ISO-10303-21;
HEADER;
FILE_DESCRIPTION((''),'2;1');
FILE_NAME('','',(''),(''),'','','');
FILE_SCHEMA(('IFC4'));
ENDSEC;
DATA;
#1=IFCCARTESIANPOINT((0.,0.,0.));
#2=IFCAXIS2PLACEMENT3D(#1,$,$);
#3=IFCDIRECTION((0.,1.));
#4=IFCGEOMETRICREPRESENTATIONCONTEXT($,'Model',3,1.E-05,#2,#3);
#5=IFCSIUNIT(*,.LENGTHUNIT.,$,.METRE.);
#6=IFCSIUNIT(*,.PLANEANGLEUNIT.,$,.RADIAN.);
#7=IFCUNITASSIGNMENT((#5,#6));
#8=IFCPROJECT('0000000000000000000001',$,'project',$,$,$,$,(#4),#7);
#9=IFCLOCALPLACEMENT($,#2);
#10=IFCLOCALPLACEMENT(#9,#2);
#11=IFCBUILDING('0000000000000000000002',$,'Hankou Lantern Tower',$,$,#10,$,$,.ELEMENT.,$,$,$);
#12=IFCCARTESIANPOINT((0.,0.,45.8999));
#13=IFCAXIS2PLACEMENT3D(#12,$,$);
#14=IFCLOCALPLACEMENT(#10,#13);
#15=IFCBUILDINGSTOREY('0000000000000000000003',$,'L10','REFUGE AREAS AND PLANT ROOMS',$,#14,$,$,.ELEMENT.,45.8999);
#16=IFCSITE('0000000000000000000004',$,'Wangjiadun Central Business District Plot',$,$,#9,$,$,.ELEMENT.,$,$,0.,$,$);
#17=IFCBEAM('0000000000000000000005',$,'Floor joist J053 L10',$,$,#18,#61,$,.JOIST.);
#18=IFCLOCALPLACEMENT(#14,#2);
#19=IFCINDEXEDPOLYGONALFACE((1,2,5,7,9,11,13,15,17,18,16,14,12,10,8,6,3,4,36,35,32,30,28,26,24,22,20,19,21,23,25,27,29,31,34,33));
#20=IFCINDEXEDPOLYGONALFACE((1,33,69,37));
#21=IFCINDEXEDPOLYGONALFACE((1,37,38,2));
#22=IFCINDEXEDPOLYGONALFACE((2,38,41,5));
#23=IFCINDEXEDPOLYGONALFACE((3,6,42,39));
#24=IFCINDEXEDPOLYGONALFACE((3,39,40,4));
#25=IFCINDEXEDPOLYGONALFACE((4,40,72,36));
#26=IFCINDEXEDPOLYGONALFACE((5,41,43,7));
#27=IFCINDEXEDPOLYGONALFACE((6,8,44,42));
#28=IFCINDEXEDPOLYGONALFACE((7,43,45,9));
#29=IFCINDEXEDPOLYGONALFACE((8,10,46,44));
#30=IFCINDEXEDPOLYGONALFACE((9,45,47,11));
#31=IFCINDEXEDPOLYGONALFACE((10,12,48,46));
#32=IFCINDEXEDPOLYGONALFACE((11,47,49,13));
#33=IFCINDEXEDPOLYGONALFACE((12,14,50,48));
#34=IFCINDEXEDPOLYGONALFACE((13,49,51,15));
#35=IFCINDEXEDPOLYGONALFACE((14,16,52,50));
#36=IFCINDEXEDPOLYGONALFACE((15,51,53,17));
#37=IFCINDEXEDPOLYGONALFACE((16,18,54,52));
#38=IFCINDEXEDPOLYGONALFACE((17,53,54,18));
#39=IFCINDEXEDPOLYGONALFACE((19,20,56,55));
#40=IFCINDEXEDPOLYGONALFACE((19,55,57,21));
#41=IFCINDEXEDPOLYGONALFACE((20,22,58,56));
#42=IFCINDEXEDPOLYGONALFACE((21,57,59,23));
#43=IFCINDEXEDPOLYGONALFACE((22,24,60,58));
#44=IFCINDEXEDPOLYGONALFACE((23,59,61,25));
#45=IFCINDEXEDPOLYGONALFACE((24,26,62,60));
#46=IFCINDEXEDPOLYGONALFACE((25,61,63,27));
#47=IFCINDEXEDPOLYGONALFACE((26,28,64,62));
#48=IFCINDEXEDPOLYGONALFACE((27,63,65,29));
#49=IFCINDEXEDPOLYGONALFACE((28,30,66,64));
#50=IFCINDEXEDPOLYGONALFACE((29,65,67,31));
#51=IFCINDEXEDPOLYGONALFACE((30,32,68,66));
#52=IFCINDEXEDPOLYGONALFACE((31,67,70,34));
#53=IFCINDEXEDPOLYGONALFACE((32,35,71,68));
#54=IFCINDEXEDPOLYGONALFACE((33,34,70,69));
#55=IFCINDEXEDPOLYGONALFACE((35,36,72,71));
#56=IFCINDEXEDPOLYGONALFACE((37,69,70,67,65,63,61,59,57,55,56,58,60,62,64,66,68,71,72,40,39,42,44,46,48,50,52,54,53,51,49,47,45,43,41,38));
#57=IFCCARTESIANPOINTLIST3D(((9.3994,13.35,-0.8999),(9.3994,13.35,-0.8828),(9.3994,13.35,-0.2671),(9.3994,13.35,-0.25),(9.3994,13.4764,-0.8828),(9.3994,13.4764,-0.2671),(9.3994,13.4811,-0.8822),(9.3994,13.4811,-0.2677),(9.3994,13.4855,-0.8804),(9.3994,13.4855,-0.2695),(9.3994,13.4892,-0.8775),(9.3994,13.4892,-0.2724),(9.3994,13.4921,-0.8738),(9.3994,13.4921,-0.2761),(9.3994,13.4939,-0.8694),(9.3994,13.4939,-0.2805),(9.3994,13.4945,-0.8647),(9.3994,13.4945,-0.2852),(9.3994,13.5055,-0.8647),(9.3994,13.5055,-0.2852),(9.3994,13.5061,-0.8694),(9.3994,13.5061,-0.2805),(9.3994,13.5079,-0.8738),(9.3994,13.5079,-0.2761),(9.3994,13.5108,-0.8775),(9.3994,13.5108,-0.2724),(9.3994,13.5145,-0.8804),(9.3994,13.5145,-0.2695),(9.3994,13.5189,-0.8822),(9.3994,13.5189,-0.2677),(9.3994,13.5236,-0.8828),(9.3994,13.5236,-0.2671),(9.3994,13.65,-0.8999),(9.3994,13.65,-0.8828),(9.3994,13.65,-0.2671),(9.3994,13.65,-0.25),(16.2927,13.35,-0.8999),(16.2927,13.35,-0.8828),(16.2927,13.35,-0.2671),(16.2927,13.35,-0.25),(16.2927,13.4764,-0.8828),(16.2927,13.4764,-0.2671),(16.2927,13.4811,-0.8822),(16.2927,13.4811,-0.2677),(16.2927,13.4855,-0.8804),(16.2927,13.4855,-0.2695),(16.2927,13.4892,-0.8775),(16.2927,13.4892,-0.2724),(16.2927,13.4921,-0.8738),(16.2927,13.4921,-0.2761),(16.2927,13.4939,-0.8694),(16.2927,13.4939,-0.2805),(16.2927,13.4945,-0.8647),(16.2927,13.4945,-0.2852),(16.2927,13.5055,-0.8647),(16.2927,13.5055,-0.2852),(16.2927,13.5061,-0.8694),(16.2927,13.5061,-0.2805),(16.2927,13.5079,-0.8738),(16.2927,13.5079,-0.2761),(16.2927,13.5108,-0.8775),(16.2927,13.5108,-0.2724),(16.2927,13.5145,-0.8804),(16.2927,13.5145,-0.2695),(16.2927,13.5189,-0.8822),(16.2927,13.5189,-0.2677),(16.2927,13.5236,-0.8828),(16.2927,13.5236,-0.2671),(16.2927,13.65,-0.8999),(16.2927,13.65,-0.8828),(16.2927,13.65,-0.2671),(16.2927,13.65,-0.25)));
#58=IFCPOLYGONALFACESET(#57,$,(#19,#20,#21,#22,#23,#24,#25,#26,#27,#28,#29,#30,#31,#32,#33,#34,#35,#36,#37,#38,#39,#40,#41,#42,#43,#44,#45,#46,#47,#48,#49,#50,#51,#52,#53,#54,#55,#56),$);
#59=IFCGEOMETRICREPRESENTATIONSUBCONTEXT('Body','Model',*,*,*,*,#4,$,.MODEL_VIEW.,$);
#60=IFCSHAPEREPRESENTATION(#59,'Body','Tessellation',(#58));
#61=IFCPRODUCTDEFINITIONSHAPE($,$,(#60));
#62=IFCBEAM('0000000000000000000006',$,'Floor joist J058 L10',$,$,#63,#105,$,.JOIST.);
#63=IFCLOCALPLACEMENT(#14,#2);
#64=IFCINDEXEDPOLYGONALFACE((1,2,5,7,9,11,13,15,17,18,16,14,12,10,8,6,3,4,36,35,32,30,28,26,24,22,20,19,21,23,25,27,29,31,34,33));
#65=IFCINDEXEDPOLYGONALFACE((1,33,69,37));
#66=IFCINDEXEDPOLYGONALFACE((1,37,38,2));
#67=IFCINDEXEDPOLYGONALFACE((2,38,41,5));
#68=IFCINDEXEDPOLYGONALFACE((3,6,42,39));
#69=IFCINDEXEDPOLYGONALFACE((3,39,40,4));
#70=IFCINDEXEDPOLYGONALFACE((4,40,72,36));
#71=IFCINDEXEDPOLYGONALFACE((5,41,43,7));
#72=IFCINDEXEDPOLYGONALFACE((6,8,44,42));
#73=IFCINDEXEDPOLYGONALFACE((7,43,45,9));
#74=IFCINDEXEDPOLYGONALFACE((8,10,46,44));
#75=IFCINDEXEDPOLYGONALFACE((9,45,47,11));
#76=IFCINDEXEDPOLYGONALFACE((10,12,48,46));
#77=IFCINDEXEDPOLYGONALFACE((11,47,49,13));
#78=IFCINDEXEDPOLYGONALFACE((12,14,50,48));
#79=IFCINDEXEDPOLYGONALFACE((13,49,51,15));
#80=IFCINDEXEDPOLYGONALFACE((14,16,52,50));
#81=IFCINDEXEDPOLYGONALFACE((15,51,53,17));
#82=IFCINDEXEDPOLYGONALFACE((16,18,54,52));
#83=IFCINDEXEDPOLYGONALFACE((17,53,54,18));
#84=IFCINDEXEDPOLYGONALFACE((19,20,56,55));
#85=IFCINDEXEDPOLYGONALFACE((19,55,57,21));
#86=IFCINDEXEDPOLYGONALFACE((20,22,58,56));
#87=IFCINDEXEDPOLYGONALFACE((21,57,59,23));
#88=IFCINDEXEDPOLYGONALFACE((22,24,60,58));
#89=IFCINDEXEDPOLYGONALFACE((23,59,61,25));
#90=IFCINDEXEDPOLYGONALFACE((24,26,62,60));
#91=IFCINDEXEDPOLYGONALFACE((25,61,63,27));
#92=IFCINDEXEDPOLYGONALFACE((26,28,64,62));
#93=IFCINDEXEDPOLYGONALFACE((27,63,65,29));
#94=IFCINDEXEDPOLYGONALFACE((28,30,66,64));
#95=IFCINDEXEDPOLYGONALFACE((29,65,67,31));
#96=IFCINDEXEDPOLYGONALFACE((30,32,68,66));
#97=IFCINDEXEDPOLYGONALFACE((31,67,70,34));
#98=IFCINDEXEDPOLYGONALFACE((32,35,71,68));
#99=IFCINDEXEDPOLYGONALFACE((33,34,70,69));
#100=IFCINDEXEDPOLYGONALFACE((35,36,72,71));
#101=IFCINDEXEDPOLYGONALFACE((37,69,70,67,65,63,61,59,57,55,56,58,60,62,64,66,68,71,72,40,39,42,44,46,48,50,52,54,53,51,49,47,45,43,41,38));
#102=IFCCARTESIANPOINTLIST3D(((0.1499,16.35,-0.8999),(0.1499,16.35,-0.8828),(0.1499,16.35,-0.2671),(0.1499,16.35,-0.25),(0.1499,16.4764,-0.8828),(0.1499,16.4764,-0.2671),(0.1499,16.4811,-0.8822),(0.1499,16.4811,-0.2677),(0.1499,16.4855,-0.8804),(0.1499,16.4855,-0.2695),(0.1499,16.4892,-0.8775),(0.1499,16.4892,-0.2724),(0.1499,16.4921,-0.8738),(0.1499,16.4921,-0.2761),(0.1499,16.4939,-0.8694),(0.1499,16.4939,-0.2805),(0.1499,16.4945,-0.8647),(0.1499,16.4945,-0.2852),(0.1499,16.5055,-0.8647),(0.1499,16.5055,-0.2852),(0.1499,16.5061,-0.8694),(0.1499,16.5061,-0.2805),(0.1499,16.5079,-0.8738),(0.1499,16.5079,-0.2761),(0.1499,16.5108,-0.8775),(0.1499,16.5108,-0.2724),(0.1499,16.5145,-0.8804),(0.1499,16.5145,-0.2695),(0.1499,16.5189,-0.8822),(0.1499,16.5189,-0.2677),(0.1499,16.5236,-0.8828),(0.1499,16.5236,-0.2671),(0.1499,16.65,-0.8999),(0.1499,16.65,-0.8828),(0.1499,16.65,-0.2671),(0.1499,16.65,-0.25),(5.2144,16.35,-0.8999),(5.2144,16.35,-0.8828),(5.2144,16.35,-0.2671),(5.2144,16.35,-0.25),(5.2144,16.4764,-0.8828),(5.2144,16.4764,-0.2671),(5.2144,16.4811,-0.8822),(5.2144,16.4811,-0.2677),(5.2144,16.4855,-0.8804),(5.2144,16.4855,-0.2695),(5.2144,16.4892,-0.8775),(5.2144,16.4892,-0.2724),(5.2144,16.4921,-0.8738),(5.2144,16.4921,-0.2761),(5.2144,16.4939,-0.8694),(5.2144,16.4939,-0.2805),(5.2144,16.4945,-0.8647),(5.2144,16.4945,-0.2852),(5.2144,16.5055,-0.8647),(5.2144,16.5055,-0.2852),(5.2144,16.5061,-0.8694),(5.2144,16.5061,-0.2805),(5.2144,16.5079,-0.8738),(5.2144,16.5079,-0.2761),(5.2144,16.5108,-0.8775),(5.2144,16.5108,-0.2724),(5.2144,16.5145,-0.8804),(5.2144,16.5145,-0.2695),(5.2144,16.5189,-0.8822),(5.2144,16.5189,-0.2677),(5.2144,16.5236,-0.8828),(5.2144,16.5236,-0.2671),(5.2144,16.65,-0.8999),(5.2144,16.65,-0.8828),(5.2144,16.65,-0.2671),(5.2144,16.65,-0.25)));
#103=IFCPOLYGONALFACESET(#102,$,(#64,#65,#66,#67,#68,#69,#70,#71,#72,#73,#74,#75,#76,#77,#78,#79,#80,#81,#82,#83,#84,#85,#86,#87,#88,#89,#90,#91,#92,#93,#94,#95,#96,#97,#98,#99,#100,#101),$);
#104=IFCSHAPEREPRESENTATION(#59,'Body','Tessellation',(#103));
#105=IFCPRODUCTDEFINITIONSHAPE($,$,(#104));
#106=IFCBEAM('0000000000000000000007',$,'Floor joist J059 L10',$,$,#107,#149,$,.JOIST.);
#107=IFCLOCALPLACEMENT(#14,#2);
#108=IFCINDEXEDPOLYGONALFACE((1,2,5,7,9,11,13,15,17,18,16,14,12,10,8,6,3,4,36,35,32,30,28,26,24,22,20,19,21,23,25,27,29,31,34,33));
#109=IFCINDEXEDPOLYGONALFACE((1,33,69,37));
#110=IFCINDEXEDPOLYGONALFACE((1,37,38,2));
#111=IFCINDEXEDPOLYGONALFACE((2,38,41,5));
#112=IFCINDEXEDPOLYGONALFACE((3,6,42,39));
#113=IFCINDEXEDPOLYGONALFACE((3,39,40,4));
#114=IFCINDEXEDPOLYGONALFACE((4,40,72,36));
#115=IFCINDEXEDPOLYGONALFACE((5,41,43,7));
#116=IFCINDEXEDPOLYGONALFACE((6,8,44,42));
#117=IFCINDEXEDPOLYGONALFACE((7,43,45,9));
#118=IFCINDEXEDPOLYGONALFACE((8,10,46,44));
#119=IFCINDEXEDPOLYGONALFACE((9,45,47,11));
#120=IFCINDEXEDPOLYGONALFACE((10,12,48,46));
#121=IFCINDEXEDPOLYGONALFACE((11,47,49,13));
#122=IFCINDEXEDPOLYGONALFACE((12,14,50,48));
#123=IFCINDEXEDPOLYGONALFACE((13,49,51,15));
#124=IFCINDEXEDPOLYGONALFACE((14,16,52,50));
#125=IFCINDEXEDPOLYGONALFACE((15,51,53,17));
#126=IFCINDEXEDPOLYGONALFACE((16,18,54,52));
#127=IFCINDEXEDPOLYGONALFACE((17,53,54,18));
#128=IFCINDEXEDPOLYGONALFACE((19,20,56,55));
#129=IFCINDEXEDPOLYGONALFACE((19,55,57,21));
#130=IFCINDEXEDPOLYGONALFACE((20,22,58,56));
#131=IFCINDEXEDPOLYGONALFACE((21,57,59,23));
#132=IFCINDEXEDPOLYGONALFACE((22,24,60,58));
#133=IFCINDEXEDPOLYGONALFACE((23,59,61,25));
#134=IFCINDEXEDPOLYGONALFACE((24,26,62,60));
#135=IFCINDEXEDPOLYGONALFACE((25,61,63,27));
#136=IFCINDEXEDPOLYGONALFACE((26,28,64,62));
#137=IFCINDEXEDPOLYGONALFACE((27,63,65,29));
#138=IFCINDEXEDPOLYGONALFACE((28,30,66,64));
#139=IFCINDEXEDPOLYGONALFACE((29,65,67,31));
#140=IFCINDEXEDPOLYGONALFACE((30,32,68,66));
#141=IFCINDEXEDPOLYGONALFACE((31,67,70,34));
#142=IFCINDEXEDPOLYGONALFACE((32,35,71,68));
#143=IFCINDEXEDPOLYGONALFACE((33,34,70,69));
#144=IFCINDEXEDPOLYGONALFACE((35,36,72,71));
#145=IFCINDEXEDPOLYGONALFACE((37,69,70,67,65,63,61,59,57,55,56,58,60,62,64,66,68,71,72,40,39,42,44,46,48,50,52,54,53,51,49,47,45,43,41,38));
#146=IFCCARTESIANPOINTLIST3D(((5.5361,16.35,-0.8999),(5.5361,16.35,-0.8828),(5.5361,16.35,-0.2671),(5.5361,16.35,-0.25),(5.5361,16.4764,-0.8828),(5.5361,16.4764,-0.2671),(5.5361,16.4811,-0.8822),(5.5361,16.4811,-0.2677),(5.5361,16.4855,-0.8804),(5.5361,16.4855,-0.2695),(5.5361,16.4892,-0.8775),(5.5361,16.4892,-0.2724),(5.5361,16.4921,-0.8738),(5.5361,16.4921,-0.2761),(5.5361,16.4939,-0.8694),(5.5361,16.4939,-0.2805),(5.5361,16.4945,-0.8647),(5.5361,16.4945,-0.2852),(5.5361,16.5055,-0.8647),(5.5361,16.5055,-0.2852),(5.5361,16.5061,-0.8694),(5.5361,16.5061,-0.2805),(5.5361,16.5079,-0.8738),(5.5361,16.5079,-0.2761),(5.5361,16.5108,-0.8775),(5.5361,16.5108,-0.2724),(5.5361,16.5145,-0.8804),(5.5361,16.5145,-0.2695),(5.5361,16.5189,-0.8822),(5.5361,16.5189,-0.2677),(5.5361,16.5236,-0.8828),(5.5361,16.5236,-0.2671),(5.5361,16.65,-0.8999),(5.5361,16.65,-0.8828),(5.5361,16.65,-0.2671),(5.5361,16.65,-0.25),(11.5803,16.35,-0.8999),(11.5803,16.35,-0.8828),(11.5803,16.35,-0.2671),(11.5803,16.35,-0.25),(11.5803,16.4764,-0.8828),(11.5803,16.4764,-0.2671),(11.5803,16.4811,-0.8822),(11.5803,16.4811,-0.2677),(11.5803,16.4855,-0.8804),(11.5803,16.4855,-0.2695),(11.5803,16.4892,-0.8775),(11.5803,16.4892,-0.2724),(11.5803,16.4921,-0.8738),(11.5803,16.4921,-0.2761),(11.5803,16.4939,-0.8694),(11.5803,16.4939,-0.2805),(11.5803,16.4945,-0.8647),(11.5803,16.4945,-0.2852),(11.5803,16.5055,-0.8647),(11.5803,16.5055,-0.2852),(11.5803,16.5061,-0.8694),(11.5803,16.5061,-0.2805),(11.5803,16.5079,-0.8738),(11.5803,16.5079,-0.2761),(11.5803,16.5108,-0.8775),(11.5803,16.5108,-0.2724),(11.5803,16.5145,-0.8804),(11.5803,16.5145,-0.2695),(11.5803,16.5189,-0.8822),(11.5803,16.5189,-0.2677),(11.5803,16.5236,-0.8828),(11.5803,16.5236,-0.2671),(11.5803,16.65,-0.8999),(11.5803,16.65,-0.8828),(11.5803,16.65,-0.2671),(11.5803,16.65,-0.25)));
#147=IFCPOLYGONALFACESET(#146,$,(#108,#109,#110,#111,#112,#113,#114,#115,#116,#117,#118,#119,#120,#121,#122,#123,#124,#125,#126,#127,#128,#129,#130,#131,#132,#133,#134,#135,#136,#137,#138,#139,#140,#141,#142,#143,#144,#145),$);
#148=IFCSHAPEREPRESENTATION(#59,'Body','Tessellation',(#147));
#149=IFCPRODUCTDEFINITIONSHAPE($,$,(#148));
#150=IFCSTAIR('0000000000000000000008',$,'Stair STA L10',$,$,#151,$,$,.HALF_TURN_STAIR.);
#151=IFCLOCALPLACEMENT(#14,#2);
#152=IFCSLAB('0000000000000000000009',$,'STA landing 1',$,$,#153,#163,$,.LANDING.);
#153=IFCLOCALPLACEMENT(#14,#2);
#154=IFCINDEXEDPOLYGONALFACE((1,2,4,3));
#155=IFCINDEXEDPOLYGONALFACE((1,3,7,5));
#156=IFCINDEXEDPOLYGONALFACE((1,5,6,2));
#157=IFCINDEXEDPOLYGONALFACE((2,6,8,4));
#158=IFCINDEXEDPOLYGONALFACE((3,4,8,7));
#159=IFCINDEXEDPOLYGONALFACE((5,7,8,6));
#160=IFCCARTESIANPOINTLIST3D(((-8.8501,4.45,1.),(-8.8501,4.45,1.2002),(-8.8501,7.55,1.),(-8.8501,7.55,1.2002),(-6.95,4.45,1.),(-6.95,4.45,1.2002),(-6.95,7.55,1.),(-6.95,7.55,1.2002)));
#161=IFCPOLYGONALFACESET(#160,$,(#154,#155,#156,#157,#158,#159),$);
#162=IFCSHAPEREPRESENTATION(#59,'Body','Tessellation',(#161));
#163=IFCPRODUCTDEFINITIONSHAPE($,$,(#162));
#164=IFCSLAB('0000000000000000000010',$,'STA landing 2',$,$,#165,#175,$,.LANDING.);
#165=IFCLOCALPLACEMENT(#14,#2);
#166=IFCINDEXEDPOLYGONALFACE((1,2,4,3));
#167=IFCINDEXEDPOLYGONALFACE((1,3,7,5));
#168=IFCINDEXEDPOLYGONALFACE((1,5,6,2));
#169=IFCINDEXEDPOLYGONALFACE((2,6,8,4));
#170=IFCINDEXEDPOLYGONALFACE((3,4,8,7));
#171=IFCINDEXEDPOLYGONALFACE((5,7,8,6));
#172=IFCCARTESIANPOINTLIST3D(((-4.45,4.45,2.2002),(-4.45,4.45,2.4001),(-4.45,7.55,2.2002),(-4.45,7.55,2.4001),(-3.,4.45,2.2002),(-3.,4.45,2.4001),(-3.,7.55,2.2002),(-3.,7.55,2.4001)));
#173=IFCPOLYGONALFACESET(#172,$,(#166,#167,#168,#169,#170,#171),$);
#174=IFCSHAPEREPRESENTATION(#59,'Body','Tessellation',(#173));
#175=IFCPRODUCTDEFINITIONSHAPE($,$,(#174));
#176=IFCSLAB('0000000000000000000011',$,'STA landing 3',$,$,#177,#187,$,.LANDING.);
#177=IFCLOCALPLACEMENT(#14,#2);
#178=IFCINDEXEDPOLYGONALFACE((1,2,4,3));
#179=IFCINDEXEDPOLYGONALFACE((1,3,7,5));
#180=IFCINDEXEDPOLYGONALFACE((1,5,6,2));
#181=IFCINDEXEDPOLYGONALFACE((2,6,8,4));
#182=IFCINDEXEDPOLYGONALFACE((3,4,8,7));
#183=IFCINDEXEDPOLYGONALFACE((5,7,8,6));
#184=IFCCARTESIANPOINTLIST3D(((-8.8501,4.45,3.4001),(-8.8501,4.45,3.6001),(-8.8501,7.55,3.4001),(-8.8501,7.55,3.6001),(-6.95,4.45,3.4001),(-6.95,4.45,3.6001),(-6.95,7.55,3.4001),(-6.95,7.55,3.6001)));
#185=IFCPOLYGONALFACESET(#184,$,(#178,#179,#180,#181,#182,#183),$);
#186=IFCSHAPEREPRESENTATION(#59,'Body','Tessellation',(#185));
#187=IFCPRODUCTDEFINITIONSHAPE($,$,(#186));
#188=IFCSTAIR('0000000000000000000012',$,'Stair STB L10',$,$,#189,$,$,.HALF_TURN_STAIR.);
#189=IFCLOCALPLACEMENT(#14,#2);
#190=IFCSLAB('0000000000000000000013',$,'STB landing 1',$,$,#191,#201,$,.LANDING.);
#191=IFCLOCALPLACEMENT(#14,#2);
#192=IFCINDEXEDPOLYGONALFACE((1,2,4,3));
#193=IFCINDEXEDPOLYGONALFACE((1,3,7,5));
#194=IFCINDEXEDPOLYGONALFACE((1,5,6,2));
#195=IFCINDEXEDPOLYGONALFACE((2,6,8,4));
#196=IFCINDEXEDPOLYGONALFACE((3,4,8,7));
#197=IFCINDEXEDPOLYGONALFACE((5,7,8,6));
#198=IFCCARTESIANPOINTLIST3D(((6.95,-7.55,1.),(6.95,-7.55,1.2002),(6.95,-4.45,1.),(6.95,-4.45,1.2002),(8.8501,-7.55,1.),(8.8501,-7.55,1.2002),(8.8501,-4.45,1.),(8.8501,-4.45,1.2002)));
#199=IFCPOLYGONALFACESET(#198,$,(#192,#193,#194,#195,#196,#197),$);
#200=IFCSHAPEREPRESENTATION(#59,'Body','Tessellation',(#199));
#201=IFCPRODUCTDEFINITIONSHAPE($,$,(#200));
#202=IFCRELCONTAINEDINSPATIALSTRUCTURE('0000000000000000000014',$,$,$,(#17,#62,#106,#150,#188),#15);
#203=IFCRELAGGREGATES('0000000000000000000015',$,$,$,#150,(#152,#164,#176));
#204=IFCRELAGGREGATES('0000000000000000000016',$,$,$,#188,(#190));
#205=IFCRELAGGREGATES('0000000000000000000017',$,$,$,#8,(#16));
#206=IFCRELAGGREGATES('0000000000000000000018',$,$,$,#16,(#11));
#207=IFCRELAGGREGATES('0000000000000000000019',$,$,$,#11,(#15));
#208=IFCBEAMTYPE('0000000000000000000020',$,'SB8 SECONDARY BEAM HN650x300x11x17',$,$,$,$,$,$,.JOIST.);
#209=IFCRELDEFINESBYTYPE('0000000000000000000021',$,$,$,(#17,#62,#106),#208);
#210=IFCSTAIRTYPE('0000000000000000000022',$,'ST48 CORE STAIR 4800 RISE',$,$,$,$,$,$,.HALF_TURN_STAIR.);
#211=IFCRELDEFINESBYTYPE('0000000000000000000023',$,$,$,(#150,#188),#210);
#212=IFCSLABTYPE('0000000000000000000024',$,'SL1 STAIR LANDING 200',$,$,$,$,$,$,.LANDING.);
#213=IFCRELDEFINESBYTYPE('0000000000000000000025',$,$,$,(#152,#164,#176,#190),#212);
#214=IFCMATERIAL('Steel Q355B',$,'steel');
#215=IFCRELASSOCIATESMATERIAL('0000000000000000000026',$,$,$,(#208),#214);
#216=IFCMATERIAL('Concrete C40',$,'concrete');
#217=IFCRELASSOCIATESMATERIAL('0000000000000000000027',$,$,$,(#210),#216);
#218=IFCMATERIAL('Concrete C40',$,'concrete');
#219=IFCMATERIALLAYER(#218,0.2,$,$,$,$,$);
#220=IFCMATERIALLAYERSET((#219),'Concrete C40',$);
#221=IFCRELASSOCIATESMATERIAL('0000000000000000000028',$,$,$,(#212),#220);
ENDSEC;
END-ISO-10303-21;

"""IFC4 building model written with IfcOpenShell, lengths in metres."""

from ifc_helpers import new_model, si_unit, direction, frame, origin, origin_2d, place, context, subcontext, project, spatial, polyline, i_section, outline, extrude, material, layer, layer_set, material_profile, profile_set, type_object, element, aggregate, save


model = new_model("IFC4")

# Units and contexts
model_context = context("Model", 3, precision=1e-05, world=origin(), true_north=direction((0.0, 1.0)))
body_context = subcontext(model_context, "Body", "Model", "MODEL_VIEW")
ifc_project = project(units=[si_unit("LENGTHUNIT", "METRE"), si_unit("PLANEANGLEUNIT", "RADIAN")], contexts=[model_context])

# Site, building, storey
site_placement = place(None, origin())
site = spatial("IfcSite", under=ifc_project, at=site_placement, Name="Wangjiadun Central Business District Plot", CompositionType="ELEMENT", RefElevation=0.0)
building_placement = place(site_placement, origin())
building = spatial("IfcBuilding", under=site, at=building_placement, Name="Hankou Lantern Tower", CompositionType="ELEMENT")
storey_placement = place(building_placement, frame((0.0, 0.0, 45.8999)))
storey = spatial("IfcBuildingStorey", under=building, at=storey_placement, Name="L10", Description="REFUGE AREAS AND PLANT ROOMS", CompositionType="ELEMENT", Elevation=45.8999)

# Beams
ifc_material_1 = material(Name="Steel Q355B", Category="steel")
ifc_material_profile_1 = material_profile(ifc_material_1, i_section(OverallWidth=0.3, OverallDepth=0.6499, WebThickness=0.011, FlangeThickness=0.0171, FilletRadius=0.0181, at=origin_2d()), Name="HN650x300x11x17")
ifc_profile_set_1 = profile_set([ifc_material_profile_1], Name="Steel Q355B")
beam_type_1 = type_object("IfcBeamType", Name="SB8 SECONDARY BEAM HN650x300x11x17", PredefinedType="JOIST", material=ifc_profile_set_1)
beam_1_placement = place(storey_placement, frame((9.3994, 13.5, -0.575), z_axis=(1.0, 0.0, 0.0), x_axis=(0.0, 1.0, 0.0)))
element("IfcBeam", 1, at=beam_1_placement, inside=storey, type_object=beam_type_1, Name="Floor joist J053 L10", PredefinedType="JOIST", context=body_context, shape_type="SweptSolid", body=[
    extrude(i_section(OverallWidth=0.3, OverallDepth=0.6499, WebThickness=0.011, FlangeThickness=0.0171, FilletRadius=0.0181, at=origin_2d()), origin(), (0.0, 0.0, 1.0), 6.8933),
])
beam_2_placement = place(storey_placement, frame((0.1499, 16.5, -0.575), z_axis=(1.0, 0.0, 0.0), x_axis=(0.0, 1.0, 0.0)))
element("IfcBeam", 2, at=beam_2_placement, inside=storey, type_object=beam_type_1, Name="Floor joist J058 L10", PredefinedType="JOIST", context=body_context, shape_type="SweptSolid", body=[
    extrude(i_section(OverallWidth=0.3, OverallDepth=0.6499, WebThickness=0.011, FlangeThickness=0.0171, FilletRadius=0.0181, at=origin_2d()), origin(), (0.0, 0.0, 1.0), 5.0645),
])
beam_3_placement = place(storey_placement, frame((5.5361, 16.5, -0.575), z_axis=(1.0, 0.0, 0.0), x_axis=(0.0, 1.0, 0.0)))
element("IfcBeam", 3, at=beam_3_placement, inside=storey, type_object=beam_type_1, Name="Floor joist J059 L10", PredefinedType="JOIST", context=body_context, shape_type="SweptSolid", body=[
    extrude(i_section(OverallWidth=0.3, OverallDepth=0.6499, WebThickness=0.011, FlangeThickness=0.0171, FilletRadius=0.0181, at=origin_2d()), origin(), (0.0, 0.0, 1.0), 6.0442),
])

# Stairs, slabs
ifc_material_2 = material(Name="Concrete C40", Category="concrete")
stair_type = type_object("IfcStairType", Name="ST48 CORE STAIR 4800 RISE", PredefinedType="HALF_TURN_STAIR", material=ifc_material_2)
stair_1_placement = place(storey_placement, origin())
stair_1 = element("IfcStair", 4, at=stair_1_placement, inside=storey, type_object=stair_type, Name="Stair STA L10", PredefinedType="HALF_TURN_STAIR")
ifc_material_3 = material(Name="Concrete C40", Category="concrete")
ifc_layer_1 = layer(ifc_material_3, 0.2)
ifc_layer_set_1 = layer_set([ifc_layer_1], Name="Concrete C40")
slab_type = type_object("IfcSlabType", Name="SL1 STAIR LANDING 200", PredefinedType="LANDING", material=ifc_layer_set_1)
slab_1_placement = place(storey_placement, frame((0.0, 0.0, 1.0)))
slab_1 = element("IfcSlab", 5, at=slab_1_placement, type_object=slab_type, Name="STA landing 1", PredefinedType="LANDING", context=body_context, shape_type="SweptSolid", body=[
    extrude(outline(polyline([(-8.8501, 4.45), (-6.95, 4.45), (-6.95, 7.55), (-8.8501, 7.55), (-8.8501, 4.45)])), origin(), (0.0, 0.0, 1.0), 0.2002),
])
slab_2_placement = place(storey_placement, frame((0.0, 0.0, 2.2002)))
slab_2 = element("IfcSlab", 6, at=slab_2_placement, type_object=slab_type, Name="STA landing 2", PredefinedType="LANDING", context=body_context, shape_type="SweptSolid", body=[
    extrude(outline(polyline([(-4.45, 4.45), (-3.0, 4.45), (-3.0, 7.55), (-4.45, 7.55), (-4.45, 4.45)])), origin(), (0.0, 0.0, 1.0), 0.2),
])
slab_3_placement = place(storey_placement, frame((0.0, 0.0, 3.4001)))
slab_3 = element("IfcSlab", 7, at=slab_3_placement, type_object=slab_type, Name="STA landing 3", PredefinedType="LANDING", context=body_context, shape_type="SweptSolid", body=[
    extrude(outline(polyline([(-8.8501, 4.45), (-6.95, 4.45), (-6.95, 7.55), (-8.8501, 7.55), (-8.8501, 4.45)])), origin(), (0.0, 0.0, 1.0), 0.2),
])
aggregate(stair_1, [slab_1, slab_2, slab_3])
stair_2_placement = place(storey_placement, origin())
stair_2 = element("IfcStair", 8, at=stair_2_placement, inside=storey, type_object=stair_type, Name="Stair STB L10", PredefinedType="HALF_TURN_STAIR")
slab_4_placement = place(storey_placement, frame((0.0, 0.0, 1.0)))
slab_4 = element("IfcSlab", 9, at=slab_4_placement, type_object=slab_type, Name="STB landing 1", PredefinedType="LANDING", context=body_context, shape_type="SweptSolid", body=[
    extrude(outline(polyline([(8.8501, -4.45), (6.95, -4.45), (6.95, -7.55), (8.8501, -7.55), (8.8501, -4.45)])), origin(), (0.0, 0.0, 1.0), 0.2002),
])
aggregate(stair_2, [slab_4])

save(model, "model.ifc")
